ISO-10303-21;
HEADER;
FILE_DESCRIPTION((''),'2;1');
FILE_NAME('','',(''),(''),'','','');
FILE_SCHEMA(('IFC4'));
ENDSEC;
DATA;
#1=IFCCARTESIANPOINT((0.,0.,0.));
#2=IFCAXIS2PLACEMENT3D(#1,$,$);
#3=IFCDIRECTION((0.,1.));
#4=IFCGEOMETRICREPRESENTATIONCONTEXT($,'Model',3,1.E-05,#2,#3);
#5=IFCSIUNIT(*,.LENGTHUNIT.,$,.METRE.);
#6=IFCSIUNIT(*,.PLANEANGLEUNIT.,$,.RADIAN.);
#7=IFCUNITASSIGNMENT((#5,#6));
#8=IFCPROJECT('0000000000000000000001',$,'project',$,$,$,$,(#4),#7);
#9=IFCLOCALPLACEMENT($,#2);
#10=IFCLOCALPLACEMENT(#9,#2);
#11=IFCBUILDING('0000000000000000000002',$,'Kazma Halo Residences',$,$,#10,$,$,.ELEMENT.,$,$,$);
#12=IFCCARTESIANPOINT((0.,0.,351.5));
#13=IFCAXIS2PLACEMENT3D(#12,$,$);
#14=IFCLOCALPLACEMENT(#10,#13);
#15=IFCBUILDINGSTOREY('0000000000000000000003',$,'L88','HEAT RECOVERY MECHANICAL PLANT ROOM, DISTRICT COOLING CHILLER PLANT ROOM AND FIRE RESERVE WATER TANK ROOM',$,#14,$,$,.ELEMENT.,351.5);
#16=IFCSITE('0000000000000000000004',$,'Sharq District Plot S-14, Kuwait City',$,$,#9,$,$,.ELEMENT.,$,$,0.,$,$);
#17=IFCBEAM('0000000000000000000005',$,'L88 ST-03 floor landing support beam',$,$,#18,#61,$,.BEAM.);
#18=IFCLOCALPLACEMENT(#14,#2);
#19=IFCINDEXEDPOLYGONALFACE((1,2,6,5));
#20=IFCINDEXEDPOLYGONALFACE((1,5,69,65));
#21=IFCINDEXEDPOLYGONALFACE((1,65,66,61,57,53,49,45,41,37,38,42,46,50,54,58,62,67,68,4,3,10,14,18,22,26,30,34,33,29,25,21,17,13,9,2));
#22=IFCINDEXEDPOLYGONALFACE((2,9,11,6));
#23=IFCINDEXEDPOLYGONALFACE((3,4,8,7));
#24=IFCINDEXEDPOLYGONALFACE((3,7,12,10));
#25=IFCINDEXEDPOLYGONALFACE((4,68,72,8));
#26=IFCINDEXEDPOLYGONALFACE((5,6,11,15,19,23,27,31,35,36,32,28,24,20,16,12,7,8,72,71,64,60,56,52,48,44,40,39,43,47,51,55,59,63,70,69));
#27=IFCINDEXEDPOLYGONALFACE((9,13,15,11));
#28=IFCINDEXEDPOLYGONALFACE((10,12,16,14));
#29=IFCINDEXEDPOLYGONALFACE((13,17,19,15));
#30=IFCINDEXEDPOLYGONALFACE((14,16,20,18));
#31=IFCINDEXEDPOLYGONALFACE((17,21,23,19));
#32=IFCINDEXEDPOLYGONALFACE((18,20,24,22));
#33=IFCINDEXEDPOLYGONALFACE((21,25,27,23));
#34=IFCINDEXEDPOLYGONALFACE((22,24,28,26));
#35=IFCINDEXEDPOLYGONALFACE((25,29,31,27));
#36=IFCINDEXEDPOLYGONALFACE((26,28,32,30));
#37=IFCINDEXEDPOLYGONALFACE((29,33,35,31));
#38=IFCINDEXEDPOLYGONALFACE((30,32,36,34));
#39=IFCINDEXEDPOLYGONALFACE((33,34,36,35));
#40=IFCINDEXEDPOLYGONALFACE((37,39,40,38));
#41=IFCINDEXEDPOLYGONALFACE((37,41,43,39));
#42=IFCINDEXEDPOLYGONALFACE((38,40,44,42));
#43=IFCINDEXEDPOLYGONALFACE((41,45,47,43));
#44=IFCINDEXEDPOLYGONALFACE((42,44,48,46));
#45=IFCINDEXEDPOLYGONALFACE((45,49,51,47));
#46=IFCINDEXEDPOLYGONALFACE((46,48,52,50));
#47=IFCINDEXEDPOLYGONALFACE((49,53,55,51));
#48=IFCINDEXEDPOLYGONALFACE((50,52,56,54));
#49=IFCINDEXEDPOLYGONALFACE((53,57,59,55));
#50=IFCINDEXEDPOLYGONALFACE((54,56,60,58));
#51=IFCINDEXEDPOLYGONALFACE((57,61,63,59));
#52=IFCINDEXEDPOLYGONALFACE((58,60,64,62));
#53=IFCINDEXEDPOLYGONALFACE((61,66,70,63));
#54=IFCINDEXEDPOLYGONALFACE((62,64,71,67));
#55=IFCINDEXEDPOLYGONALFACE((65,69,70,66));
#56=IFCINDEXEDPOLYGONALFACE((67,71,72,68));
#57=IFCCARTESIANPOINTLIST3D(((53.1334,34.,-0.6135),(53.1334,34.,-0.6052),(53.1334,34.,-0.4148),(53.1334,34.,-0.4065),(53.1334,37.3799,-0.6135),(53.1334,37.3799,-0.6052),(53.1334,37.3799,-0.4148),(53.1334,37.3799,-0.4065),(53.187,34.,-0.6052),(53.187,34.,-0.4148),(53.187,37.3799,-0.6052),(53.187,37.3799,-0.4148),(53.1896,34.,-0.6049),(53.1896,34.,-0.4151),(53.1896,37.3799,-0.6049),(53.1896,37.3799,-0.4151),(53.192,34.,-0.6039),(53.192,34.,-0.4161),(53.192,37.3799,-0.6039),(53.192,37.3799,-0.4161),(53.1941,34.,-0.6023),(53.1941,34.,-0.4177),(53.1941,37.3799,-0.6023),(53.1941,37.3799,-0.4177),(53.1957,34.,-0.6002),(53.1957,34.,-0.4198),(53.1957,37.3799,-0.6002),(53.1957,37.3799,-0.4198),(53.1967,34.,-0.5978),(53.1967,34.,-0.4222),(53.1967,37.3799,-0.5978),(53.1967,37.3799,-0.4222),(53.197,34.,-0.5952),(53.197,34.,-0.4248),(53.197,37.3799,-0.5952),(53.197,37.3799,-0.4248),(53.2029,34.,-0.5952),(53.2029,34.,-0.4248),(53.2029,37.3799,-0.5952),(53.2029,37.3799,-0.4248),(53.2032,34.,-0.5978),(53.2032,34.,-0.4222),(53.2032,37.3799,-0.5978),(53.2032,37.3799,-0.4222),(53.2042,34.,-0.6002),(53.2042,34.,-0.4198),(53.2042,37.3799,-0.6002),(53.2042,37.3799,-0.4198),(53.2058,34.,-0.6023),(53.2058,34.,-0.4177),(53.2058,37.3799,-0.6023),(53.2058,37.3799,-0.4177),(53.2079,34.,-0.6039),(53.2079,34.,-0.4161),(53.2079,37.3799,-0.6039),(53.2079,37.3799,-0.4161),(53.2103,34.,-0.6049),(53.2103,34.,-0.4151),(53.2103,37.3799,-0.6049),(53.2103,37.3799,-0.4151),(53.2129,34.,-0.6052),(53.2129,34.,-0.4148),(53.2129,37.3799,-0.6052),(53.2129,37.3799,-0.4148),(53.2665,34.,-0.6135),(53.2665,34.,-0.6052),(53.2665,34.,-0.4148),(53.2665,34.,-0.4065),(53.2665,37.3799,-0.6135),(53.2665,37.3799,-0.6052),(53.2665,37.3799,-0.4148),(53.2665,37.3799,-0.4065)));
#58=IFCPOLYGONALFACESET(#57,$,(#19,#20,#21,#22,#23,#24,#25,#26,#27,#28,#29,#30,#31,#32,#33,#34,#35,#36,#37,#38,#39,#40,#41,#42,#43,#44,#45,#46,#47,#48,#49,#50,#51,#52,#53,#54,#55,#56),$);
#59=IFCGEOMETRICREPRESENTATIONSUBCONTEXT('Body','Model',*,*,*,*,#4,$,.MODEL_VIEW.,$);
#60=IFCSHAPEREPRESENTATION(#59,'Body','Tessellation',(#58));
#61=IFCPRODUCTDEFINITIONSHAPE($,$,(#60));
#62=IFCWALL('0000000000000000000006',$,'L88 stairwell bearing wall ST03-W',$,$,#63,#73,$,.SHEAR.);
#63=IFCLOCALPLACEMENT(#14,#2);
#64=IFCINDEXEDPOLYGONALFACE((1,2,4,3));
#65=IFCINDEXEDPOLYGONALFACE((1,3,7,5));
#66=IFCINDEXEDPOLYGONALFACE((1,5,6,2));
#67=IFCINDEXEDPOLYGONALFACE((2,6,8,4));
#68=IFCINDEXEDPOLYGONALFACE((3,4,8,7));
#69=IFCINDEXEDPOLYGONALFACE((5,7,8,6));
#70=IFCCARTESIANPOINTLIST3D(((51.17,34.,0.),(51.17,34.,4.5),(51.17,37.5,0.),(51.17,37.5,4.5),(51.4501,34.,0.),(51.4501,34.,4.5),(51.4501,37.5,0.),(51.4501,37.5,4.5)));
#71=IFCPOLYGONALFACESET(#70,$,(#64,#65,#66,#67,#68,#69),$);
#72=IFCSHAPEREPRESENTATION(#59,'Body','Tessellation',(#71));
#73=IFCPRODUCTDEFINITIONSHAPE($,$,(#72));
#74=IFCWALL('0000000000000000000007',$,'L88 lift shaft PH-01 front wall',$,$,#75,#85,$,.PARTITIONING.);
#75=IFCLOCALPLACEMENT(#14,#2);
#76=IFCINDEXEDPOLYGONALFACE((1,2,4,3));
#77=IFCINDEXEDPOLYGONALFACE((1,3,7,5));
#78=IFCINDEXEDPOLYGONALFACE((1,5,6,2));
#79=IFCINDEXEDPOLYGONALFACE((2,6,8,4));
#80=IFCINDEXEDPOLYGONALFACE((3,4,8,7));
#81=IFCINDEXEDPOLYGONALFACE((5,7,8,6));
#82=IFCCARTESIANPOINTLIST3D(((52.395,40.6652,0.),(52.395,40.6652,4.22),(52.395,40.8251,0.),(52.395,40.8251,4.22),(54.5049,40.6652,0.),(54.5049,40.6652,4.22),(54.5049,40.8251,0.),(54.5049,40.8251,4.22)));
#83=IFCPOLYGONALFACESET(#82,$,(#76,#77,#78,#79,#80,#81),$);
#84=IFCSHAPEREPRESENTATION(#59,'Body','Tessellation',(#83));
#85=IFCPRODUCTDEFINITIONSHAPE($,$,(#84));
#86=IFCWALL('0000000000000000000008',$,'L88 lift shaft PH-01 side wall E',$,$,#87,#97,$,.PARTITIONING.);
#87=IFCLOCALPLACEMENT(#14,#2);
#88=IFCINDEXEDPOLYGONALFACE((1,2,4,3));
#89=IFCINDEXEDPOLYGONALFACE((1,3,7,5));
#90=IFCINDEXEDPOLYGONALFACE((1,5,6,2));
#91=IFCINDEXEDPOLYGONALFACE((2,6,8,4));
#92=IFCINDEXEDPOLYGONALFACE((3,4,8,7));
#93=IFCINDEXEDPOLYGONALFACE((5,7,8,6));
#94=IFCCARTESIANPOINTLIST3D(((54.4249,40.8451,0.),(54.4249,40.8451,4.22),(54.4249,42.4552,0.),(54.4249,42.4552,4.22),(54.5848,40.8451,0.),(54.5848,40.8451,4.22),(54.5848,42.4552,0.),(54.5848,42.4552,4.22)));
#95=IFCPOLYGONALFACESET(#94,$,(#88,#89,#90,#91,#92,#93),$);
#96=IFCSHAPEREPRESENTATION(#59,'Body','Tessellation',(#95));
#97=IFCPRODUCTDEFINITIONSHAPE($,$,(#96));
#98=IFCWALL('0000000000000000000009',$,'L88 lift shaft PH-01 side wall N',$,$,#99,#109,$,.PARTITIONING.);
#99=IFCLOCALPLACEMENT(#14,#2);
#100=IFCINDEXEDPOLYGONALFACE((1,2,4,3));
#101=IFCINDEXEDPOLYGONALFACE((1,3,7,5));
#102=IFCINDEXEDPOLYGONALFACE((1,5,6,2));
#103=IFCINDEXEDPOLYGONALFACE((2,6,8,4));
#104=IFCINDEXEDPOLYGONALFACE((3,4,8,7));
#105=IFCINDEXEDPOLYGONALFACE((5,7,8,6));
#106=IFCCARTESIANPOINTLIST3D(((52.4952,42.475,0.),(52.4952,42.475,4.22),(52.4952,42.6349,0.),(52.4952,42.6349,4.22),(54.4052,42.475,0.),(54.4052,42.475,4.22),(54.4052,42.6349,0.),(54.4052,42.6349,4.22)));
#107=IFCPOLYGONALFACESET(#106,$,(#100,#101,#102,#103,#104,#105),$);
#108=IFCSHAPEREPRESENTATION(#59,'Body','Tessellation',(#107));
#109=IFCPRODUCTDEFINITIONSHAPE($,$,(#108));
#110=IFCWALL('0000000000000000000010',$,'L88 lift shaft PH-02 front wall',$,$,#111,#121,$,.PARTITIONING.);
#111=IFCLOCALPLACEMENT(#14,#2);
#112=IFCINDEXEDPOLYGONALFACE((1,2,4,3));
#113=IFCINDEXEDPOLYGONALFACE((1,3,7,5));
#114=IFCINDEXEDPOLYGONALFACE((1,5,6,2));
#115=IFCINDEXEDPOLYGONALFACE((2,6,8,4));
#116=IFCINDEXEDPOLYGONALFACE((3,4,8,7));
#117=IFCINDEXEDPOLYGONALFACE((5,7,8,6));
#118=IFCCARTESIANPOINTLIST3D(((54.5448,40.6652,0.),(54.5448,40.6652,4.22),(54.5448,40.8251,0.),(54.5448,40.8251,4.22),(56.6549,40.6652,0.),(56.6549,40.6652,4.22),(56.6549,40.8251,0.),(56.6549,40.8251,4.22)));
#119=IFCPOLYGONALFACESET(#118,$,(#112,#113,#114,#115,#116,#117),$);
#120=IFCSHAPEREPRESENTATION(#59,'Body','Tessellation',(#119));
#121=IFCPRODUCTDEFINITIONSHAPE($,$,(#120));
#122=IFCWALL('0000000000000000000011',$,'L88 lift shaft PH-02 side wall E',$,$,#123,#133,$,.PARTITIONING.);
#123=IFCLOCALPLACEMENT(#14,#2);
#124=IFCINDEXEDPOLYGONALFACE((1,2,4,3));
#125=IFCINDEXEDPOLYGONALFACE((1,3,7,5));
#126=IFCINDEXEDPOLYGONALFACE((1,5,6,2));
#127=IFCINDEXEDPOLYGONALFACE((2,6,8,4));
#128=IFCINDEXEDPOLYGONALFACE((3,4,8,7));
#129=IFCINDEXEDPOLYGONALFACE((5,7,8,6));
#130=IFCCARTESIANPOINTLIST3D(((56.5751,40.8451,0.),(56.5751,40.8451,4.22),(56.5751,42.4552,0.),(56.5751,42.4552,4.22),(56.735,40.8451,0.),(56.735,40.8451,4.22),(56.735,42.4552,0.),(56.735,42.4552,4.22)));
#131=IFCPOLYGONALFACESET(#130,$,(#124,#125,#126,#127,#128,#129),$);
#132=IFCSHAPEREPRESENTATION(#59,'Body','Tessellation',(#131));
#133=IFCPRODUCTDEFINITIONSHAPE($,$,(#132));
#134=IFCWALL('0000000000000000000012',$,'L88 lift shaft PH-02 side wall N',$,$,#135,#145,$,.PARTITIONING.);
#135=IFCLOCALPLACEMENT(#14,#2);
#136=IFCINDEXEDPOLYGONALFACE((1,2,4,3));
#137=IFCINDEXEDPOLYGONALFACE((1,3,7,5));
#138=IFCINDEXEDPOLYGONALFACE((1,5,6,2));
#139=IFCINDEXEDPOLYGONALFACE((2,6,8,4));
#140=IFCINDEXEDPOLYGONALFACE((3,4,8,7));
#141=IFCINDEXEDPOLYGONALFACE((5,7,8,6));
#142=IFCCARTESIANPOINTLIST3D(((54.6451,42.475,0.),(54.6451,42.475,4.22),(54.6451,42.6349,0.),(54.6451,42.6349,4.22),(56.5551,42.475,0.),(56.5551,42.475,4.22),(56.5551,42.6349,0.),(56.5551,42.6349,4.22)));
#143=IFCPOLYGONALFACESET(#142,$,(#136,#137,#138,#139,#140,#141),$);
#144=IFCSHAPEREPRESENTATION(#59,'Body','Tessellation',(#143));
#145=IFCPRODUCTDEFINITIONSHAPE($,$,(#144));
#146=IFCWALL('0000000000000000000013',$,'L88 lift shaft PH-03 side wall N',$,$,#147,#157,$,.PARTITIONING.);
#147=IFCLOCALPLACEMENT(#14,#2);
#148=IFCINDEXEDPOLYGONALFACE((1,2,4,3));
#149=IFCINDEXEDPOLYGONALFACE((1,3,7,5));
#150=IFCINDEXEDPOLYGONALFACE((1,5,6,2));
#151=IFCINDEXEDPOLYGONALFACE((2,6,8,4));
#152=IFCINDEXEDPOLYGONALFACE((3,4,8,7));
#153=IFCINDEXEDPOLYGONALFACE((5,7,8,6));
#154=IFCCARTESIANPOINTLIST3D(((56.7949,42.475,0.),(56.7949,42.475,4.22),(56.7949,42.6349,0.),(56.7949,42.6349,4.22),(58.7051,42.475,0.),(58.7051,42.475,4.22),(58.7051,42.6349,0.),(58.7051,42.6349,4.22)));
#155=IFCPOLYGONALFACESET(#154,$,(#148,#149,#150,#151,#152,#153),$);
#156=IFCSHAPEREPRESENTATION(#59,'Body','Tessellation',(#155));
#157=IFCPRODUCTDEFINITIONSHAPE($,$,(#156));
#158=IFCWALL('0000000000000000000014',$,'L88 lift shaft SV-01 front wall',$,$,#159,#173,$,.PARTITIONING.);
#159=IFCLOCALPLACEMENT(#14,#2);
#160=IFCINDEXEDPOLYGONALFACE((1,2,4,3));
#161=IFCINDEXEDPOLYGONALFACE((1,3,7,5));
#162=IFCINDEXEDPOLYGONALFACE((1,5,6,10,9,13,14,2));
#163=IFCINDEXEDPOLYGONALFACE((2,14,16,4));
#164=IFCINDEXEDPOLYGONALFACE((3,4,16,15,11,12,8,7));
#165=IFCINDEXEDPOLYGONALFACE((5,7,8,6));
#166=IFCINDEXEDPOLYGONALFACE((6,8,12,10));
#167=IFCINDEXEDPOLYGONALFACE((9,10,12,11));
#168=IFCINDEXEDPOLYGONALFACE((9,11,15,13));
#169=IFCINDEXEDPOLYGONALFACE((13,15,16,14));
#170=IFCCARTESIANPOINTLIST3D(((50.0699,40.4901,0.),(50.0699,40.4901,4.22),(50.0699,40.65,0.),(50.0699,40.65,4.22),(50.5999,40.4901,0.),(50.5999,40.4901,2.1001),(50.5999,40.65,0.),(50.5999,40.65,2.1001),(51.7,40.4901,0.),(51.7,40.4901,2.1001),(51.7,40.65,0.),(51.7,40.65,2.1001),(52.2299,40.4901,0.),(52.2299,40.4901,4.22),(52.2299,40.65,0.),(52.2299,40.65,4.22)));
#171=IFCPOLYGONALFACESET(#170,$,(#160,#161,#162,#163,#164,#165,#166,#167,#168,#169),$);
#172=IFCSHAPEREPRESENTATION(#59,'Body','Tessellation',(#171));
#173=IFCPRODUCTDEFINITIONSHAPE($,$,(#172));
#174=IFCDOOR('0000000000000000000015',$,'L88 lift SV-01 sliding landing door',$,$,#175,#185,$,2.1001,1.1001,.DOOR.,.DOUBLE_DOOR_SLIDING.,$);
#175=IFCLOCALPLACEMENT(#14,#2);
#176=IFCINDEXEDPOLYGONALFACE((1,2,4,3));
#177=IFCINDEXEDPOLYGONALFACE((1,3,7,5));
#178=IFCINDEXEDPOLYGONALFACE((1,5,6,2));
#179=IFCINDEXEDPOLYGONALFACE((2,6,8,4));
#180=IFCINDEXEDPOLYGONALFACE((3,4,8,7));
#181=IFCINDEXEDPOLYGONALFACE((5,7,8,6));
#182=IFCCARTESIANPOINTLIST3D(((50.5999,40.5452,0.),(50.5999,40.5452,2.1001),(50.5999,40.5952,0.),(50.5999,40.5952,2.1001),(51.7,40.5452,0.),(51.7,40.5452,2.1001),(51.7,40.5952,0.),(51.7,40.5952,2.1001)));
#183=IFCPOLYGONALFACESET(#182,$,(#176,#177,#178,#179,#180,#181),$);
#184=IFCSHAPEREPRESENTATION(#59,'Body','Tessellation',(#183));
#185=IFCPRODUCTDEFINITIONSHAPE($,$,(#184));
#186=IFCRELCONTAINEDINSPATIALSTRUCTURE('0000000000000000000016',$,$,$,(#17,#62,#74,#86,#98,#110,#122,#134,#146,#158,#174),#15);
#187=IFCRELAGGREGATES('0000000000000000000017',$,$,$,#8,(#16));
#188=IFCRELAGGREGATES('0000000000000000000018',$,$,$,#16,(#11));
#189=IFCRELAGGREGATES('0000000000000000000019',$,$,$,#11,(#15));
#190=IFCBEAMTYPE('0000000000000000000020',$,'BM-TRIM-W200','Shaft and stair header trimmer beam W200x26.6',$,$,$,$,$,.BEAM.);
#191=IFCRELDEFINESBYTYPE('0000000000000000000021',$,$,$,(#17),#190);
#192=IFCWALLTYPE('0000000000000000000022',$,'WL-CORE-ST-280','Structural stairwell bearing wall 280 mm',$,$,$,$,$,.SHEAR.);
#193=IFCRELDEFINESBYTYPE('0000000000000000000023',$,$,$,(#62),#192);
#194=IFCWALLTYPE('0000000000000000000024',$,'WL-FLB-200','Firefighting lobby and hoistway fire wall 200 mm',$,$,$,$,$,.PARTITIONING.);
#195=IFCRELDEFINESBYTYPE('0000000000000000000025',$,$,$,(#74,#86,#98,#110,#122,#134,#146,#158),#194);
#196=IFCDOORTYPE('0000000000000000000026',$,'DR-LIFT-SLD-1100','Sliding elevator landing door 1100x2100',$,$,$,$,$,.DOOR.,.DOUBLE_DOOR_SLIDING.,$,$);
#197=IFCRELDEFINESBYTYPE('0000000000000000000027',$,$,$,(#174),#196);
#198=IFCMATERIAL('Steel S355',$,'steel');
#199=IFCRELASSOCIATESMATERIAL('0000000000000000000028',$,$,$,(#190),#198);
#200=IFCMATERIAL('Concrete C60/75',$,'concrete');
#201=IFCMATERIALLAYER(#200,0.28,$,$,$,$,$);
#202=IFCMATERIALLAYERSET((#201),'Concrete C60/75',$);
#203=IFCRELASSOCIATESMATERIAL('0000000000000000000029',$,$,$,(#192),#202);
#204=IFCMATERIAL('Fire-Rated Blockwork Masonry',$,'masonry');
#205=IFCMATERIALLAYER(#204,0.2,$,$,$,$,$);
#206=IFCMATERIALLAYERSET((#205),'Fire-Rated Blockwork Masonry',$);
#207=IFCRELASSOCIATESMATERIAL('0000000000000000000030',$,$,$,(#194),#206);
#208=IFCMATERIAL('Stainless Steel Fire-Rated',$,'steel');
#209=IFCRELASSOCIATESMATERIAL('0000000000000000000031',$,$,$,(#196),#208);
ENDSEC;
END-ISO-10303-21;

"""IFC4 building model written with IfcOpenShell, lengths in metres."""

from ifc_helpers import new_model, si_unit, direction, frame, frame_2d, origin, origin_2d, place, context, subcontext, project, spatial, rectangle, i_section, extrude, material, layer, layer_set, material_profile, profile_set, type_object, element, fill, save


model = new_model("IFC4")

# Units and contexts
model_context = context("Model", 3, precision=1e-05, world=origin(), true_north=direction((0.0, 1.0)))
body_context = subcontext(model_context, "Body", "Model", "MODEL_VIEW")
ifc_project = project(units=[si_unit("LENGTHUNIT", "METRE"), si_unit("PLANEANGLEUNIT", "RADIAN")], contexts=[model_context])

# Site, building, storey
site_placement = place(None, origin())
site = spatial("IfcSite", under=ifc_project, at=site_placement, Name="Sharq District Plot S-14, Kuwait City", CompositionType="ELEMENT", RefElevation=0.0)
building_placement = place(site_placement, origin())
building = spatial("IfcBuilding", under=site, at=building_placement, Name="Kazma Halo Residences", CompositionType="ELEMENT")
storey_placement = place(building_placement, frame((0.0, 0.0, 351.5)))
storey = spatial("IfcBuildingStorey", under=building, at=storey_placement, Name="L88", Description="HEAT RECOVERY MECHANICAL PLANT ROOM, DISTRICT COOLING CHILLER PLANT ROOM AND FIRE RESERVE WATER TANK ROOM", CompositionType="ELEMENT", Elevation=351.5)

# Beam
ifc_material_1 = material(Name="Steel S355", Category="steel")
ifc_material_profile = material_profile(ifc_material_1, i_section(OverallWidth=0.1331, OverallDepth=0.207, WebThickness=0.0059, FlangeThickness=0.0083, FilletRadius=0.01, at=origin_2d()), Name="W200x26.6")
ifc_profile_set = profile_set([ifc_material_profile], Name="Steel S355")
beam_type = type_object("IfcBeamType", Name="BM-TRIM-W200", Description="Shaft and stair header trimmer beam W200x26.6", PredefinedType="BEAM", material=ifc_profile_set)
beam_placement = place(storey_placement, frame((53.2, 34.0, -0.51), z_axis=(0.0, 1.0, 0.0), x_axis=(-1.0, 0.0, 0.0)))
element("IfcBeam", 1, at=beam_placement, inside=storey, type_object=beam_type, Name="L88 ST-03 floor landing support beam", PredefinedType="BEAM", context=body_context, shape_type="SweptSolid", body=[
    extrude(i_section(OverallWidth=0.1331, OverallDepth=0.207, WebThickness=0.0059, FlangeThickness=0.0083, FilletRadius=0.01, at=origin_2d()), origin(), (0.0, 0.0, 1.0), 3.3799),
])

# Walls
ifc_material_2 = material(Name="Concrete C60/75", Category="concrete")
ifc_layer_1 = layer(ifc_material_2, 0.28)
ifc_layer_set_1 = layer_set([ifc_layer_1], Name="Concrete C60/75")
wall_type_1 = type_object("IfcWallType", Name="WL-CORE-ST-280", Description="Structural stairwell bearing wall 280 mm", PredefinedType="SHEAR", material=ifc_layer_set_1)
wall_1_placement = place(storey_placement, frame((51.3101, 34.0, 0.0), z_axis=(0.0, 0.0, 1.0), x_axis=(0.0, 1.0, 0.0)))
element("IfcWall", 2, at=wall_1_placement, inside=storey, type_object=wall_type_1, Name="L88 stairwell bearing wall ST03-W", PredefinedType="SHEAR", context=body_context, shape_type="SweptSolid", body=[
    extrude(rectangle(XDim=3.5, YDim=0.28, at=frame_2d((1.75, 0.0))), origin(), (0.0, 0.0, 1.0), 4.5),
])
ifc_material_3 = material(Name="Fire-Rated Blockwork Masonry", Category="masonry")
ifc_layer_2 = layer(ifc_material_3, 0.2)
ifc_layer_set_2 = layer_set([ifc_layer_2], Name="Fire-Rated Blockwork Masonry")
wall_type_2 = type_object("IfcWallType", Name="WL-FLB-200", Description="Firefighting lobby and hoistway fire wall 200 mm", PredefinedType="PARTITIONING", material=ifc_layer_set_2)
wall_2_placement = place(storey_placement, frame((54.5049, 40.7451, 0.0), z_axis=(0.0, 0.0, 1.0), x_axis=(-1.0, 0.0, 0.0)))
element("IfcWall", 3, at=wall_2_placement, inside=storey, type_object=wall_type_2, Name="L88 lift shaft PH-01 front wall", PredefinedType="PARTITIONING", context=body_context, shape_type="SweptSolid", body=[
    extrude(rectangle(XDim=2.1099, YDim=0.1599, at=frame_2d((1.0549, 0.0))), origin(), (0.0, 0.0, 1.0), 4.22),
])
wall_3_placement = place(storey_placement, frame((54.5049, 40.845, 0.0), z_axis=(0.0, 0.0, 1.0), x_axis=(0.0, 1.0, 0.0)))
element("IfcWall", 4, at=wall_3_placement, inside=storey, type_object=wall_type_2, Name="L88 lift shaft PH-01 side wall E", PredefinedType="PARTITIONING", context=body_context, shape_type="SweptSolid", body=[
    extrude(rectangle(XDim=1.6101, YDim=0.1599, at=frame_2d((0.8052, 0.0))), origin(), (0.0, 0.0, 1.0), 4.22),
])
wall_4_placement = place(storey_placement, frame((52.4951, 42.5549, 0.0), z_axis=(0.0, 0.0, 1.0), x_axis=(1.0, 0.0, 0.0)))
element("IfcWall", 5, at=wall_4_placement, inside=storey, type_object=wall_type_2, Name="L88 lift shaft PH-01 side wall N", PredefinedType="PARTITIONING", context=body_context, shape_type="SweptSolid", body=[
    extrude(rectangle(XDim=1.9099, YDim=0.1599, at=frame_2d((0.9551, 0.0))), origin(), (0.0, 0.0, 1.0), 4.22),
])
wall_5_placement = place(storey_placement, frame((56.655, 40.7451, 0.0), z_axis=(0.0, 0.0, 1.0), x_axis=(-1.0, 0.0, 0.0)))
element("IfcWall", 6, at=wall_5_placement, inside=storey, type_object=wall_type_2, Name="L88 lift shaft PH-02 front wall", PredefinedType="PARTITIONING", context=body_context, shape_type="SweptSolid", body=[
    extrude(rectangle(XDim=2.1101, YDim=0.1599, at=frame_2d((1.0552, 0.0))), origin(), (0.0, 0.0, 1.0), 4.22),
])
wall_6_placement = place(storey_placement, frame((56.655, 40.845, 0.0), z_axis=(0.0, 0.0, 1.0), x_axis=(0.0, 1.0, 0.0)))
element("IfcWall", 7, at=wall_6_placement, inside=storey, type_object=wall_type_2, Name="L88 lift shaft PH-02 side wall E", PredefinedType="PARTITIONING", context=body_context, shape_type="SweptSolid", body=[
    extrude(rectangle(XDim=1.6101, YDim=0.1599, at=frame_2d((0.8052, 0.0))), origin(), (0.0, 0.0, 1.0), 4.22),
])
wall_7_placement = place(storey_placement, frame((54.645, 42.5549, 0.0), z_axis=(0.0, 0.0, 1.0), x_axis=(1.0, 0.0, 0.0)))
element("IfcWall", 8, at=wall_7_placement, inside=storey, type_object=wall_type_2, Name="L88 lift shaft PH-02 side wall N", PredefinedType="PARTITIONING", context=body_context, shape_type="SweptSolid", body=[
    extrude(rectangle(XDim=1.9099, YDim=0.1599, at=frame_2d((0.9551, 0.0))), origin(), (0.0, 0.0, 1.0), 4.22),
])
wall_8_placement = place(storey_placement, frame((56.7949, 42.5549, 0.0), z_axis=(0.0, 0.0, 1.0), x_axis=(1.0, 0.0, 0.0)))
element("IfcWall", 9, at=wall_8_placement, inside=storey, type_object=wall_type_2, Name="L88 lift shaft PH-03 side wall N", PredefinedType="PARTITIONING", context=body_context, shape_type="SweptSolid", body=[
    extrude(rectangle(XDim=1.9102, YDim=0.1599, at=frame_2d((0.9551, 0.0))), origin(), (0.0, 0.0, 1.0), 4.22),
])

# Wall, opening, door
wall_9_placement = place(storey_placement, frame((52.23, 40.5701, 0.0), z_axis=(0.0, 0.0, 1.0), x_axis=(-1.0, 0.0, 0.0)))
wall_9 = element("IfcWall", 10, at=wall_9_placement, inside=storey, type_object=wall_type_2, Name="L88 lift shaft SV-01 front wall", PredefinedType="PARTITIONING", context=body_context, shape_type="SweptSolid", body=[
    extrude(rectangle(XDim=2.1599, YDim=0.1599, at=frame_2d((1.0801, 0.0))), origin(), (0.0, 0.0, 1.0), 4.22),
])
opening_1_placement = place(wall_9_placement, frame((0.53, 0.0, 0.0)))
opening_1 = element("IfcOpeningElement", 11, at=opening_1_placement, cuts=wall_9, PredefinedType="OPENING", context=body_context, shape_type="SweptSolid", body=[
    extrude(rectangle(XDim=1.1001, YDim=2.1001, at=frame_2d((0.55, 1.05))), frame((0.0, 0.0898, 0.0), z_axis=(0.0, -1.0, 0.0), x_axis=(1.0, 0.0, 0.0)), (0.0, 0.0, 1.0), 0.1799),
])
ifc_material_4 = material(Name="Stainless Steel Fire-Rated", Category="steel")
door_type_1 = type_object("IfcDoorType", Name="DR-LIFT-SLD-1100", Description="Sliding elevator landing door 1100x2100", OperationType="DOUBLE_DOOR_SLIDING", PredefinedType="DOOR", material=ifc_material_4)
door_1_placement = place(opening_1_placement, origin())
door_1 = element("IfcDoor", 12, at=door_1_placement, inside=storey, type_object=door_type_1, Name="L88 lift SV-01 sliding landing door", OperationType="DOUBLE_DOOR_SLIDING", OverallHeight=2.1001, OverallWidth=1.1001, PredefinedType="DOOR", context=body_context, shape_type="SweptSolid", body=[
    extrude(rectangle(XDim=1.1001, YDim=2.1001, at=frame_2d((0.55, 1.05))), frame((0.0, 0.0249, 0.0), z_axis=(0.0, -1.0, 0.0), x_axis=(1.0, 0.0, 0.0)), (0.0, 0.0, 1.0), 0.05),
])
fill(opening_1, door_1)

save(model, "model.ifc")
